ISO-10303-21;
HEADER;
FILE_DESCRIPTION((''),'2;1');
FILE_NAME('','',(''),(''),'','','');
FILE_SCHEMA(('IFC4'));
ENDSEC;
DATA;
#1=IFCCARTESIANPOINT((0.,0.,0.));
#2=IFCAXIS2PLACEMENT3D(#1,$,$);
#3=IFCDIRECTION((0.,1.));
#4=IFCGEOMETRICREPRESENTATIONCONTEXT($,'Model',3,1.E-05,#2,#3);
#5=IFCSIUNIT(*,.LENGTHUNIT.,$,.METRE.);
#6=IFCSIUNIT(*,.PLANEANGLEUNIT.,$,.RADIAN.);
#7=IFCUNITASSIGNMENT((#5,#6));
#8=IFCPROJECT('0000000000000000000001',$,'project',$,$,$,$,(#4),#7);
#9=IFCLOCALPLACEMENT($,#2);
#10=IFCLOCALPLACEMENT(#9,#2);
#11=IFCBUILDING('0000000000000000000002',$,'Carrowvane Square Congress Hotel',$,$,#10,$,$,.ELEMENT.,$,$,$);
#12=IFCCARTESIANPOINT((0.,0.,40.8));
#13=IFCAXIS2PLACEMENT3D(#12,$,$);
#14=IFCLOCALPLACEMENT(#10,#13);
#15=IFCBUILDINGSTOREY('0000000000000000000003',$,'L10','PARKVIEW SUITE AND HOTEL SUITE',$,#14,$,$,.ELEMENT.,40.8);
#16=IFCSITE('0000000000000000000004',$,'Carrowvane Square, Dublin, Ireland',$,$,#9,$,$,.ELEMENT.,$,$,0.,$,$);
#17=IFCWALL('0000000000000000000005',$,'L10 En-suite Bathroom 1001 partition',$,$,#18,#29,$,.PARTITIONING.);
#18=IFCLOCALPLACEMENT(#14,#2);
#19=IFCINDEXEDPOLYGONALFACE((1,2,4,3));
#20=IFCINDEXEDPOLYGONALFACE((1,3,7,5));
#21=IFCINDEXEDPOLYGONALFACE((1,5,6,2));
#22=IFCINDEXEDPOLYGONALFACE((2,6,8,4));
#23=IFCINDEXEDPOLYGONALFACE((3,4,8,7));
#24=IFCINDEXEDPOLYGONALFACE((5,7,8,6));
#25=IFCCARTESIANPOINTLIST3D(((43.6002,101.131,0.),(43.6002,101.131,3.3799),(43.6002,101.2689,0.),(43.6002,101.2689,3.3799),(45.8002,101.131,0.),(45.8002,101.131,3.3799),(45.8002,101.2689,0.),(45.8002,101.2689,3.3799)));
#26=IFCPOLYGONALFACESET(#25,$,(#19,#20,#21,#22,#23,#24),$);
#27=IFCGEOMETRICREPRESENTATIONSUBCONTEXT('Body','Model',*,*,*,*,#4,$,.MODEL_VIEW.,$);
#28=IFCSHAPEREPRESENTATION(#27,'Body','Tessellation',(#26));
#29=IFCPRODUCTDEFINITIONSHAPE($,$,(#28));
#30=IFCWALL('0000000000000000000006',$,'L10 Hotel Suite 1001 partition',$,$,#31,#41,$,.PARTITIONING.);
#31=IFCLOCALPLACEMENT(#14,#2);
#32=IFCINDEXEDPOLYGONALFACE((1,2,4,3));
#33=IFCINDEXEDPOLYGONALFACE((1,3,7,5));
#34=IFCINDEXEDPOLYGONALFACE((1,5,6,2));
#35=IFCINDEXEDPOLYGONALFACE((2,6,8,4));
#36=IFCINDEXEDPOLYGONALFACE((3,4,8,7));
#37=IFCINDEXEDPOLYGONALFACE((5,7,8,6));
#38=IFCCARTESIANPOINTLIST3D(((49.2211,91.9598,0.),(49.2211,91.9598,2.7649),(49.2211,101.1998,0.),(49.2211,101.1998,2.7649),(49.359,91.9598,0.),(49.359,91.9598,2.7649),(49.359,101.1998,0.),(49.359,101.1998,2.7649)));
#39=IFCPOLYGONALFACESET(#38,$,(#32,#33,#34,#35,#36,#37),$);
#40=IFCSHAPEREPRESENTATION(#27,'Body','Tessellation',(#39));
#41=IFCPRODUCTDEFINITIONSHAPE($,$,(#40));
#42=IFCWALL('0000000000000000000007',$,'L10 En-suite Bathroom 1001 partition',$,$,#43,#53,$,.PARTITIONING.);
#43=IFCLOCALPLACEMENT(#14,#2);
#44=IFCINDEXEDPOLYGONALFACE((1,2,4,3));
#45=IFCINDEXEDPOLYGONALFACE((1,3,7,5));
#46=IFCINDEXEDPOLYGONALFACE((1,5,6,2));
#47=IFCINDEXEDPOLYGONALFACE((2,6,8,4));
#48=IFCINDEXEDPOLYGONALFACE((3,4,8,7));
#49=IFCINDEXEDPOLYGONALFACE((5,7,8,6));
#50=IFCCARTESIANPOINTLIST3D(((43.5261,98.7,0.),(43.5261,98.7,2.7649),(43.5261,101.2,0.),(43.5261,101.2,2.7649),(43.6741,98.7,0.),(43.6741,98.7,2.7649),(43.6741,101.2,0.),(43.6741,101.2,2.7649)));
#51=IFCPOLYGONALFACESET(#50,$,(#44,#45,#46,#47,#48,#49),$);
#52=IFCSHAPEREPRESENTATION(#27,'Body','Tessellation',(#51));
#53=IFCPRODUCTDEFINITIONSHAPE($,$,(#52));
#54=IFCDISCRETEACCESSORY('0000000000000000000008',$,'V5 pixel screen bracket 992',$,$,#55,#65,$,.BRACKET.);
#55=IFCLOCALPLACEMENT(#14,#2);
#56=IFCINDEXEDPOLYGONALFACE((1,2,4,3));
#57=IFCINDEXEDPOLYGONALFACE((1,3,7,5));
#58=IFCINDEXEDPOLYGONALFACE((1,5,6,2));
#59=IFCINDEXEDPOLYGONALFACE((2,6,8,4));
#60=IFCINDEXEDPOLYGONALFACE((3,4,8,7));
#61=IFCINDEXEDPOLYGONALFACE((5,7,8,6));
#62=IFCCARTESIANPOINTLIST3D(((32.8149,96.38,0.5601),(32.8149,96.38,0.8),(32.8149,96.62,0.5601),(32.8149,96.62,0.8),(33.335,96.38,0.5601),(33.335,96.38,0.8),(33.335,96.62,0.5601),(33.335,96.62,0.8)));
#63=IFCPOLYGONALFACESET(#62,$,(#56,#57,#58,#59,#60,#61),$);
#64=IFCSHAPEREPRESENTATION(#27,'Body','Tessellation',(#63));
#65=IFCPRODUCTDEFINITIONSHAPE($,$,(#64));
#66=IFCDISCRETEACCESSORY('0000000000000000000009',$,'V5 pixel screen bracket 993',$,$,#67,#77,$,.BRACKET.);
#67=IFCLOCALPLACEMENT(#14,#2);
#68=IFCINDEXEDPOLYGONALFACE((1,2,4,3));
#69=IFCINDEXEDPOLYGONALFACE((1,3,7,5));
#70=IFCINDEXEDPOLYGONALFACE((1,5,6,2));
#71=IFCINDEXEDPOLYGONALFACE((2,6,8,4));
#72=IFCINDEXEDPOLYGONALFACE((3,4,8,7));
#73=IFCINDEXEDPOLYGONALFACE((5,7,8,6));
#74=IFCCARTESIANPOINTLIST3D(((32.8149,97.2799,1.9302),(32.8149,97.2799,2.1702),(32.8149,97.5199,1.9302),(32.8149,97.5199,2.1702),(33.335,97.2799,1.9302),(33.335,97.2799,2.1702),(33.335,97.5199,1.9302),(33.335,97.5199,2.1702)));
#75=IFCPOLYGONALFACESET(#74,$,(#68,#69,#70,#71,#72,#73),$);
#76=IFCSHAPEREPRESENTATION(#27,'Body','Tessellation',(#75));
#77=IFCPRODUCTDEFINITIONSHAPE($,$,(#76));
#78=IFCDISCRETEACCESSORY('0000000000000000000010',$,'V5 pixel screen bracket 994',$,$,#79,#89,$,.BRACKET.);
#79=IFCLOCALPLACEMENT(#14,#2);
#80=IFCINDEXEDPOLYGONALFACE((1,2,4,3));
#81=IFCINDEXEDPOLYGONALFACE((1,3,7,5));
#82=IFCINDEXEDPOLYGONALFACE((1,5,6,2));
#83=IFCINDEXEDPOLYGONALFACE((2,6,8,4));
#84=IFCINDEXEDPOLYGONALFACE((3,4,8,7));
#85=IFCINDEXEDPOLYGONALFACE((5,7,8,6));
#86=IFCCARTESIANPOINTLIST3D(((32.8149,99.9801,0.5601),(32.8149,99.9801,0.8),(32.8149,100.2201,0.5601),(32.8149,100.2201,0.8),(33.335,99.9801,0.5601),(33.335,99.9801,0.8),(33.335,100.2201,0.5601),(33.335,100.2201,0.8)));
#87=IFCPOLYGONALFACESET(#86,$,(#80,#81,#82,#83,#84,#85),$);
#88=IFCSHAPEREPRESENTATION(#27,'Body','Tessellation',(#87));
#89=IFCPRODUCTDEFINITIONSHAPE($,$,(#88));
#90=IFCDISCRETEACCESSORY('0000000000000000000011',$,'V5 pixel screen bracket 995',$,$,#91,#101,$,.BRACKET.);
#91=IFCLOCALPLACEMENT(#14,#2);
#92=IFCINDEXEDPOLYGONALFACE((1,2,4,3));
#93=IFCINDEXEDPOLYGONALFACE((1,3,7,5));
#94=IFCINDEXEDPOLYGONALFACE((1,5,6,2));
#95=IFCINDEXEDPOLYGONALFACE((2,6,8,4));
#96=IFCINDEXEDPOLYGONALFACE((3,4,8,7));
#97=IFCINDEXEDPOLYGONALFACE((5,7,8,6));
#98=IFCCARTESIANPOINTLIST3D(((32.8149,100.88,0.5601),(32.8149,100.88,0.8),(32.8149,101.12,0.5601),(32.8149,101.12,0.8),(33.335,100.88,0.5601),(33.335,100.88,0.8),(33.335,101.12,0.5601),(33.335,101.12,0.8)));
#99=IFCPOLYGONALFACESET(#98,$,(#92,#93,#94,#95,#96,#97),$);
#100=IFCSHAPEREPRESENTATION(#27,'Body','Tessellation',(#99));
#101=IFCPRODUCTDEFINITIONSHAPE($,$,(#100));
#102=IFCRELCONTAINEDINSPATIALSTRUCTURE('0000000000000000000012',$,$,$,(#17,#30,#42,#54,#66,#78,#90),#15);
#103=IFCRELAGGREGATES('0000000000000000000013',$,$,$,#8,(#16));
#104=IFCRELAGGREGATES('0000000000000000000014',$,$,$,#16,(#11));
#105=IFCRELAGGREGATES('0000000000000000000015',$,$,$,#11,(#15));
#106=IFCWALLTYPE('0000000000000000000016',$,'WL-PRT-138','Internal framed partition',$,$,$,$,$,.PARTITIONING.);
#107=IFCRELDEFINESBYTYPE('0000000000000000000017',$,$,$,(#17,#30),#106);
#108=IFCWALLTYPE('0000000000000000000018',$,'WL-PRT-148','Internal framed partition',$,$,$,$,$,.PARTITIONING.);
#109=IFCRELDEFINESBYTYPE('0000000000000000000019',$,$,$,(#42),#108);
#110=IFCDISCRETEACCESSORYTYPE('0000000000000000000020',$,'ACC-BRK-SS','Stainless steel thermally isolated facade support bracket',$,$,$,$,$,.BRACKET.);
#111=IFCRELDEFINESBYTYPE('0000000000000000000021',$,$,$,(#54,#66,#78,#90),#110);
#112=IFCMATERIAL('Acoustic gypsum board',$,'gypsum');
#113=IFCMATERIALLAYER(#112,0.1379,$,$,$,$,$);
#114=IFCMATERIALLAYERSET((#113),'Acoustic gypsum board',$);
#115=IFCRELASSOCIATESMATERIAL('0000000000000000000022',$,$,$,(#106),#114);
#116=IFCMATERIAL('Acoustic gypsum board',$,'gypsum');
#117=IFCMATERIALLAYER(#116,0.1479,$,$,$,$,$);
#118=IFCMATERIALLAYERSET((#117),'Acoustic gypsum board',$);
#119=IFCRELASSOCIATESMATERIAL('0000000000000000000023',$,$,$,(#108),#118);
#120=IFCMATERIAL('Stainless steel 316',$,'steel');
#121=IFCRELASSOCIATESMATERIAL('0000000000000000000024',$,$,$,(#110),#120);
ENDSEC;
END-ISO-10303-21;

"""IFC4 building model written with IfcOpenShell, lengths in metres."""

from ifc_helpers import new_model, si_unit, direction, frame, frame_2d, origin, origin_2d, place, context, subcontext, project, spatial, rectangle, extrude, material, layer, layer_set, type_object, element, save


model = new_model("IFC4")

# Units and contexts
model_context = context("Model", 3, precision=1e-05, world=origin(), true_north=direction((0.0, 1.0)))
body_context = subcontext(model_context, "Body", "Model", "MODEL_VIEW")
ifc_project = project(units=[si_unit("LENGTHUNIT", "METRE"), si_unit("PLANEANGLEUNIT", "RADIAN")], contexts=[model_context])

# Site, building, storey
site_placement = place(None, origin())
site = spatial("IfcSite", under=ifc_project, at=site_placement, Name="Carrowvane Square, Dublin, Ireland", CompositionType="ELEMENT", RefElevation=0.0)
building_placement = place(site_placement, origin())
building = spatial("IfcBuilding", under=site, at=building_placement, Name="Carrowvane Square Congress Hotel", CompositionType="ELEMENT")
storey_placement = place(building_placement, frame((0.0, 0.0, 40.8)))
storey = spatial("IfcBuildingStorey", under=building, at=storey_placement, Name="L10", Description="PARKVIEW SUITE AND HOTEL SUITE", CompositionType="ELEMENT", Elevation=40.8)

# Walls
ifc_material_1 = material(Name="Acoustic gypsum board", Category="gypsum")
ifc_layer_1 = layer(ifc_material_1, 0.1379)
ifc_layer_set_1 = layer_set([ifc_layer_1], Name="Acoustic gypsum board")
wall_type_1 = type_object("IfcWallType", Name="WL-PRT-138", Description="Internal framed partition", PredefinedType="PARTITIONING", material=ifc_layer_set_1)
wall_1_placement = place(storey_placement, frame((43.6001, 101.2, 0.0), z_axis=(0.0, 0.0, 1.0), x_axis=(1.0, 0.0, 0.0)))
element("IfcWall", 1, at=wall_1_placement, inside=storey, type_object=wall_type_1, Name="L10 En-suite Bathroom 1001 partition", PredefinedType="PARTITIONING", context=body_context, shape_type="SweptSolid", body=[
    extrude(rectangle(XDim=2.2, YDim=0.1379, at=frame_2d((1.1001, 0.0))), origin(), (0.0, 0.0, 1.0), 3.3799),
])
wall_2_placement = place(storey_placement, frame((49.29, 101.2, 0.0), z_axis=(0.0, 0.0, 1.0), x_axis=(0.0, -1.0, 0.0)))
element("IfcWall", 2, at=wall_2_placement, inside=storey, type_object=wall_type_1, Name="L10 Hotel Suite 1001 partition", PredefinedType="PARTITIONING", context=body_context, shape_type="SweptSolid", body=[
    extrude(rectangle(XDim=9.24, YDim=0.1379, at=frame_2d((4.6201, 0.0))), origin(), (0.0, 0.0, 1.0), 2.7649),
])
ifc_material_2 = material(Name="Acoustic gypsum board", Category="gypsum")
ifc_layer_2 = layer(ifc_material_2, 0.1479)
ifc_layer_set_2 = layer_set([ifc_layer_2], Name="Acoustic gypsum board")
wall_type_2 = type_object("IfcWallType", Name="WL-PRT-148", Description="Internal framed partition", PredefinedType="PARTITIONING", material=ifc_layer_set_2)
wall_3_placement = place(storey_placement, frame((43.6001, 98.7, 0.0), z_axis=(0.0, 0.0, 1.0), x_axis=(0.0, 1.0, 0.0)))
element("IfcWall", 3, at=wall_3_placement, inside=storey, type_object=wall_type_2, Name="L10 En-suite Bathroom 1001 partition", PredefinedType="PARTITIONING", context=body_context, shape_type="SweptSolid", body=[
    extrude(rectangle(XDim=2.5, YDim=0.1479, at=frame_2d((1.25, 0.0))), origin(), (0.0, 0.0, 1.0), 2.7649),
])

# Discrete accessories
ifc_material_3 = material(Name="Stainless steel 316", Category="steel")
discrete_accessory_type = type_object("IfcDiscreteAccessoryType", Name="ACC-BRK-SS", Description="Stainless steel thermally isolated facade support bracket", PredefinedType="BRACKET", material=ifc_material_3)
for number, where, z_axis, x_axis, name in (
    (4, (33.075, 96.5, 0.5601), (0.0, 0.0, 1.0), (0.0, 1.0, 0.0), "V5 pixel screen bracket 992"),
    (5, (33.075, 97.3999, 1.9302), (0.0, 0.0, 1.0), (0.0, 1.0, 0.0), "V5 pixel screen bracket 993"),
    (6, (33.075, 100.1001, 0.5601), (0.0, 0.0, 1.0), (0.0, 1.0, 0.0), "V5 pixel screen bracket 994"),
    (7, (33.075, 101.0, 0.5601), (0.0, 0.0, 1.0), (0.0, 1.0, 0.0), "V5 pixel screen bracket 995"),
):
    element("IfcDiscreteAccessory", number, at=place(storey_placement, frame(where, z_axis=z_axis, x_axis=x_axis)), inside=storey, type_object=discrete_accessory_type, Name=name, PredefinedType="BRACKET", context=body_context, shape_type="SweptSolid", body=[
        extrude(rectangle(XDim=0.24, YDim=0.52, at=origin_2d()), origin(), (0.0, 0.0, 1.0), 0.24),
    ])

save(model, "model.ifc")
